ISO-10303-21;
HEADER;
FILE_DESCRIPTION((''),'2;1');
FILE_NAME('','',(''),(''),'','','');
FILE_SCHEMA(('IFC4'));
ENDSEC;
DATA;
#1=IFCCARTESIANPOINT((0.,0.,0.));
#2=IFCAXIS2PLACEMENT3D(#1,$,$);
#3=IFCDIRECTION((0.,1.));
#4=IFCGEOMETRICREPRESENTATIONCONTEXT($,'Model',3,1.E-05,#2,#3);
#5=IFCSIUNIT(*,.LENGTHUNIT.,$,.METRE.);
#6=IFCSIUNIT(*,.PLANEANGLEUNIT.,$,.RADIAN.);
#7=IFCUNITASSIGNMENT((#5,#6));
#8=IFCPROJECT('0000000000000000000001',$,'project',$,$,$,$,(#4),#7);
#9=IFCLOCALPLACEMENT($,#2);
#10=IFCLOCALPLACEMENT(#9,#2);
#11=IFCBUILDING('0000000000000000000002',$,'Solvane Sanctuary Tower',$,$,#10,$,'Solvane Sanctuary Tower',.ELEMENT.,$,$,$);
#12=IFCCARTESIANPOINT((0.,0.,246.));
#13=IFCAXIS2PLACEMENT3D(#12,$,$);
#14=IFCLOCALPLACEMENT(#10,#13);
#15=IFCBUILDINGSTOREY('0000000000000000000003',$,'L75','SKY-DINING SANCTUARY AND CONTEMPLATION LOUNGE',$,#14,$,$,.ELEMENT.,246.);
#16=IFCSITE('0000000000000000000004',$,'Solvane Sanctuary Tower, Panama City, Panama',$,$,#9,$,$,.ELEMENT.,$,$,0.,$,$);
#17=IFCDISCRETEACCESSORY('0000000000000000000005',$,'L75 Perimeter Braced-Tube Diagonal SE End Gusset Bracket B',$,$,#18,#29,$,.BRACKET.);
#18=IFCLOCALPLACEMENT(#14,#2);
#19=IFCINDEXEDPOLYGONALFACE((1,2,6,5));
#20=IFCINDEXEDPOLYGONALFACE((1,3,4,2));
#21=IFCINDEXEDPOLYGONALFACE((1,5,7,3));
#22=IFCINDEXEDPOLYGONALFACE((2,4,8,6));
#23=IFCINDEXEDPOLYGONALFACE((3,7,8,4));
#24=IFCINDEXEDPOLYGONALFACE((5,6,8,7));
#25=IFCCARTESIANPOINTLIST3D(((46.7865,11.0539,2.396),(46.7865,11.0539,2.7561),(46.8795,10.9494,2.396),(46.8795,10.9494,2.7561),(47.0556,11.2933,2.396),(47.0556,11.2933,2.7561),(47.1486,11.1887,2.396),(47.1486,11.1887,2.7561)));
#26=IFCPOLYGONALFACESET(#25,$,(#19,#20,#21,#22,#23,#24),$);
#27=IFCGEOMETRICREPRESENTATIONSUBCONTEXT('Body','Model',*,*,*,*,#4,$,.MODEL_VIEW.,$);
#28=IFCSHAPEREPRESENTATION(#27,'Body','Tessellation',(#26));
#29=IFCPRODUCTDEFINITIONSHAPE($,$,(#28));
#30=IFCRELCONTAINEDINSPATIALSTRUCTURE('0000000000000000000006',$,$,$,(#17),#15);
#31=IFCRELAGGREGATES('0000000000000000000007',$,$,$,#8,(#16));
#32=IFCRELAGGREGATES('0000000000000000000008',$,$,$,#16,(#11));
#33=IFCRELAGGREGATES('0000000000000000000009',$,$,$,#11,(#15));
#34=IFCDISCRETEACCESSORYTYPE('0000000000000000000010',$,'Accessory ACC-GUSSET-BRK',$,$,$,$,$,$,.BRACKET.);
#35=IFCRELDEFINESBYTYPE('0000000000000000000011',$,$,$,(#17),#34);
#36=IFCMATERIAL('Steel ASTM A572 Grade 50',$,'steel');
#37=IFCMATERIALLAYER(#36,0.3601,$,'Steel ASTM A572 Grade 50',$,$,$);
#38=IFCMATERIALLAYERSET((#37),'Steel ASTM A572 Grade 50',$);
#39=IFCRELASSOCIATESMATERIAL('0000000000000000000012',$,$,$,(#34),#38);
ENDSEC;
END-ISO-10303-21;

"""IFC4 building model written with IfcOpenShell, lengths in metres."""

from ifc_helpers import new_model, si_unit, direction, frame, origin, origin_2d, place, context, subcontext, project, spatial, rectangle, extrude, material, layer, layer_set, type_object, element, save


model = new_model("IFC4")

# Units and contexts
model_context = context("Model", 3, precision=1e-05, world=origin(), true_north=direction((0.0, 1.0)))
body_context = subcontext(model_context, "Body", "Model", "MODEL_VIEW")
ifc_project = project(units=[si_unit("LENGTHUNIT", "METRE"), si_unit("PLANEANGLEUNIT", "RADIAN")], contexts=[model_context])

# Site, building, storey
site_placement = place(None, origin())
site = spatial("IfcSite", under=ifc_project, at=site_placement, Name="Solvane Sanctuary Tower, Panama City, Panama", CompositionType="ELEMENT", RefElevation=0.0)
building_placement = place(site_placement, origin())
building = spatial("IfcBuilding", under=site, at=building_placement, Name="Solvane Sanctuary Tower", LongName="Solvane Sanctuary Tower", CompositionType="ELEMENT")
storey_placement = place(building_placement, frame((0.0, 0.0, 246.0)))
storey = spatial("IfcBuildingStorey", under=building, at=storey_placement, Name="L75", Description="SKY-DINING SANCTUARY AND CONTEMPLATION LOUNGE", CompositionType="ELEMENT", Elevation=246.0)

# Discrete accessory
ifc_material_1 = material(Name="Steel ASTM A572 Grade 50", Category="steel")
ifc_layer_1 = layer(ifc_material_1, 0.3601, Name="Steel ASTM A572 Grade 50")
ifc_layer_set_1 = layer_set([ifc_layer_1], Name="Steel ASTM A572 Grade 50")
discrete_accessory_type = type_object("IfcDiscreteAccessoryType", Name="Accessory ACC-GUSSET-BRK", PredefinedType="BRACKET", material=ifc_layer_set_1)
for number, where, z_axis, x_axis, name in (
    (1, (46.9675, 11.1213, 2.396), (0.0, 0.0, 1.0), (0.747218, 0.664579, 0.0), "L75 Perimeter Braced-Tube Diagonal SE End Gusset Bracket B"),
):
    element("IfcDiscreteAccessory", number, at=place(storey_placement, frame(where, z_axis=z_axis, x_axis=x_axis)), inside=storey, type_object=discrete_accessory_type, Name=name, PredefinedType="BRACKET", context=body_context, shape_type="SweptSolid", body=[
        extrude(rectangle(XDim=0.3601, YDim=0.1399, at=origin_2d()), origin(), (0.0, 0.0, 1.0), 0.3601),
    ])

save(model, "model.ifc")
